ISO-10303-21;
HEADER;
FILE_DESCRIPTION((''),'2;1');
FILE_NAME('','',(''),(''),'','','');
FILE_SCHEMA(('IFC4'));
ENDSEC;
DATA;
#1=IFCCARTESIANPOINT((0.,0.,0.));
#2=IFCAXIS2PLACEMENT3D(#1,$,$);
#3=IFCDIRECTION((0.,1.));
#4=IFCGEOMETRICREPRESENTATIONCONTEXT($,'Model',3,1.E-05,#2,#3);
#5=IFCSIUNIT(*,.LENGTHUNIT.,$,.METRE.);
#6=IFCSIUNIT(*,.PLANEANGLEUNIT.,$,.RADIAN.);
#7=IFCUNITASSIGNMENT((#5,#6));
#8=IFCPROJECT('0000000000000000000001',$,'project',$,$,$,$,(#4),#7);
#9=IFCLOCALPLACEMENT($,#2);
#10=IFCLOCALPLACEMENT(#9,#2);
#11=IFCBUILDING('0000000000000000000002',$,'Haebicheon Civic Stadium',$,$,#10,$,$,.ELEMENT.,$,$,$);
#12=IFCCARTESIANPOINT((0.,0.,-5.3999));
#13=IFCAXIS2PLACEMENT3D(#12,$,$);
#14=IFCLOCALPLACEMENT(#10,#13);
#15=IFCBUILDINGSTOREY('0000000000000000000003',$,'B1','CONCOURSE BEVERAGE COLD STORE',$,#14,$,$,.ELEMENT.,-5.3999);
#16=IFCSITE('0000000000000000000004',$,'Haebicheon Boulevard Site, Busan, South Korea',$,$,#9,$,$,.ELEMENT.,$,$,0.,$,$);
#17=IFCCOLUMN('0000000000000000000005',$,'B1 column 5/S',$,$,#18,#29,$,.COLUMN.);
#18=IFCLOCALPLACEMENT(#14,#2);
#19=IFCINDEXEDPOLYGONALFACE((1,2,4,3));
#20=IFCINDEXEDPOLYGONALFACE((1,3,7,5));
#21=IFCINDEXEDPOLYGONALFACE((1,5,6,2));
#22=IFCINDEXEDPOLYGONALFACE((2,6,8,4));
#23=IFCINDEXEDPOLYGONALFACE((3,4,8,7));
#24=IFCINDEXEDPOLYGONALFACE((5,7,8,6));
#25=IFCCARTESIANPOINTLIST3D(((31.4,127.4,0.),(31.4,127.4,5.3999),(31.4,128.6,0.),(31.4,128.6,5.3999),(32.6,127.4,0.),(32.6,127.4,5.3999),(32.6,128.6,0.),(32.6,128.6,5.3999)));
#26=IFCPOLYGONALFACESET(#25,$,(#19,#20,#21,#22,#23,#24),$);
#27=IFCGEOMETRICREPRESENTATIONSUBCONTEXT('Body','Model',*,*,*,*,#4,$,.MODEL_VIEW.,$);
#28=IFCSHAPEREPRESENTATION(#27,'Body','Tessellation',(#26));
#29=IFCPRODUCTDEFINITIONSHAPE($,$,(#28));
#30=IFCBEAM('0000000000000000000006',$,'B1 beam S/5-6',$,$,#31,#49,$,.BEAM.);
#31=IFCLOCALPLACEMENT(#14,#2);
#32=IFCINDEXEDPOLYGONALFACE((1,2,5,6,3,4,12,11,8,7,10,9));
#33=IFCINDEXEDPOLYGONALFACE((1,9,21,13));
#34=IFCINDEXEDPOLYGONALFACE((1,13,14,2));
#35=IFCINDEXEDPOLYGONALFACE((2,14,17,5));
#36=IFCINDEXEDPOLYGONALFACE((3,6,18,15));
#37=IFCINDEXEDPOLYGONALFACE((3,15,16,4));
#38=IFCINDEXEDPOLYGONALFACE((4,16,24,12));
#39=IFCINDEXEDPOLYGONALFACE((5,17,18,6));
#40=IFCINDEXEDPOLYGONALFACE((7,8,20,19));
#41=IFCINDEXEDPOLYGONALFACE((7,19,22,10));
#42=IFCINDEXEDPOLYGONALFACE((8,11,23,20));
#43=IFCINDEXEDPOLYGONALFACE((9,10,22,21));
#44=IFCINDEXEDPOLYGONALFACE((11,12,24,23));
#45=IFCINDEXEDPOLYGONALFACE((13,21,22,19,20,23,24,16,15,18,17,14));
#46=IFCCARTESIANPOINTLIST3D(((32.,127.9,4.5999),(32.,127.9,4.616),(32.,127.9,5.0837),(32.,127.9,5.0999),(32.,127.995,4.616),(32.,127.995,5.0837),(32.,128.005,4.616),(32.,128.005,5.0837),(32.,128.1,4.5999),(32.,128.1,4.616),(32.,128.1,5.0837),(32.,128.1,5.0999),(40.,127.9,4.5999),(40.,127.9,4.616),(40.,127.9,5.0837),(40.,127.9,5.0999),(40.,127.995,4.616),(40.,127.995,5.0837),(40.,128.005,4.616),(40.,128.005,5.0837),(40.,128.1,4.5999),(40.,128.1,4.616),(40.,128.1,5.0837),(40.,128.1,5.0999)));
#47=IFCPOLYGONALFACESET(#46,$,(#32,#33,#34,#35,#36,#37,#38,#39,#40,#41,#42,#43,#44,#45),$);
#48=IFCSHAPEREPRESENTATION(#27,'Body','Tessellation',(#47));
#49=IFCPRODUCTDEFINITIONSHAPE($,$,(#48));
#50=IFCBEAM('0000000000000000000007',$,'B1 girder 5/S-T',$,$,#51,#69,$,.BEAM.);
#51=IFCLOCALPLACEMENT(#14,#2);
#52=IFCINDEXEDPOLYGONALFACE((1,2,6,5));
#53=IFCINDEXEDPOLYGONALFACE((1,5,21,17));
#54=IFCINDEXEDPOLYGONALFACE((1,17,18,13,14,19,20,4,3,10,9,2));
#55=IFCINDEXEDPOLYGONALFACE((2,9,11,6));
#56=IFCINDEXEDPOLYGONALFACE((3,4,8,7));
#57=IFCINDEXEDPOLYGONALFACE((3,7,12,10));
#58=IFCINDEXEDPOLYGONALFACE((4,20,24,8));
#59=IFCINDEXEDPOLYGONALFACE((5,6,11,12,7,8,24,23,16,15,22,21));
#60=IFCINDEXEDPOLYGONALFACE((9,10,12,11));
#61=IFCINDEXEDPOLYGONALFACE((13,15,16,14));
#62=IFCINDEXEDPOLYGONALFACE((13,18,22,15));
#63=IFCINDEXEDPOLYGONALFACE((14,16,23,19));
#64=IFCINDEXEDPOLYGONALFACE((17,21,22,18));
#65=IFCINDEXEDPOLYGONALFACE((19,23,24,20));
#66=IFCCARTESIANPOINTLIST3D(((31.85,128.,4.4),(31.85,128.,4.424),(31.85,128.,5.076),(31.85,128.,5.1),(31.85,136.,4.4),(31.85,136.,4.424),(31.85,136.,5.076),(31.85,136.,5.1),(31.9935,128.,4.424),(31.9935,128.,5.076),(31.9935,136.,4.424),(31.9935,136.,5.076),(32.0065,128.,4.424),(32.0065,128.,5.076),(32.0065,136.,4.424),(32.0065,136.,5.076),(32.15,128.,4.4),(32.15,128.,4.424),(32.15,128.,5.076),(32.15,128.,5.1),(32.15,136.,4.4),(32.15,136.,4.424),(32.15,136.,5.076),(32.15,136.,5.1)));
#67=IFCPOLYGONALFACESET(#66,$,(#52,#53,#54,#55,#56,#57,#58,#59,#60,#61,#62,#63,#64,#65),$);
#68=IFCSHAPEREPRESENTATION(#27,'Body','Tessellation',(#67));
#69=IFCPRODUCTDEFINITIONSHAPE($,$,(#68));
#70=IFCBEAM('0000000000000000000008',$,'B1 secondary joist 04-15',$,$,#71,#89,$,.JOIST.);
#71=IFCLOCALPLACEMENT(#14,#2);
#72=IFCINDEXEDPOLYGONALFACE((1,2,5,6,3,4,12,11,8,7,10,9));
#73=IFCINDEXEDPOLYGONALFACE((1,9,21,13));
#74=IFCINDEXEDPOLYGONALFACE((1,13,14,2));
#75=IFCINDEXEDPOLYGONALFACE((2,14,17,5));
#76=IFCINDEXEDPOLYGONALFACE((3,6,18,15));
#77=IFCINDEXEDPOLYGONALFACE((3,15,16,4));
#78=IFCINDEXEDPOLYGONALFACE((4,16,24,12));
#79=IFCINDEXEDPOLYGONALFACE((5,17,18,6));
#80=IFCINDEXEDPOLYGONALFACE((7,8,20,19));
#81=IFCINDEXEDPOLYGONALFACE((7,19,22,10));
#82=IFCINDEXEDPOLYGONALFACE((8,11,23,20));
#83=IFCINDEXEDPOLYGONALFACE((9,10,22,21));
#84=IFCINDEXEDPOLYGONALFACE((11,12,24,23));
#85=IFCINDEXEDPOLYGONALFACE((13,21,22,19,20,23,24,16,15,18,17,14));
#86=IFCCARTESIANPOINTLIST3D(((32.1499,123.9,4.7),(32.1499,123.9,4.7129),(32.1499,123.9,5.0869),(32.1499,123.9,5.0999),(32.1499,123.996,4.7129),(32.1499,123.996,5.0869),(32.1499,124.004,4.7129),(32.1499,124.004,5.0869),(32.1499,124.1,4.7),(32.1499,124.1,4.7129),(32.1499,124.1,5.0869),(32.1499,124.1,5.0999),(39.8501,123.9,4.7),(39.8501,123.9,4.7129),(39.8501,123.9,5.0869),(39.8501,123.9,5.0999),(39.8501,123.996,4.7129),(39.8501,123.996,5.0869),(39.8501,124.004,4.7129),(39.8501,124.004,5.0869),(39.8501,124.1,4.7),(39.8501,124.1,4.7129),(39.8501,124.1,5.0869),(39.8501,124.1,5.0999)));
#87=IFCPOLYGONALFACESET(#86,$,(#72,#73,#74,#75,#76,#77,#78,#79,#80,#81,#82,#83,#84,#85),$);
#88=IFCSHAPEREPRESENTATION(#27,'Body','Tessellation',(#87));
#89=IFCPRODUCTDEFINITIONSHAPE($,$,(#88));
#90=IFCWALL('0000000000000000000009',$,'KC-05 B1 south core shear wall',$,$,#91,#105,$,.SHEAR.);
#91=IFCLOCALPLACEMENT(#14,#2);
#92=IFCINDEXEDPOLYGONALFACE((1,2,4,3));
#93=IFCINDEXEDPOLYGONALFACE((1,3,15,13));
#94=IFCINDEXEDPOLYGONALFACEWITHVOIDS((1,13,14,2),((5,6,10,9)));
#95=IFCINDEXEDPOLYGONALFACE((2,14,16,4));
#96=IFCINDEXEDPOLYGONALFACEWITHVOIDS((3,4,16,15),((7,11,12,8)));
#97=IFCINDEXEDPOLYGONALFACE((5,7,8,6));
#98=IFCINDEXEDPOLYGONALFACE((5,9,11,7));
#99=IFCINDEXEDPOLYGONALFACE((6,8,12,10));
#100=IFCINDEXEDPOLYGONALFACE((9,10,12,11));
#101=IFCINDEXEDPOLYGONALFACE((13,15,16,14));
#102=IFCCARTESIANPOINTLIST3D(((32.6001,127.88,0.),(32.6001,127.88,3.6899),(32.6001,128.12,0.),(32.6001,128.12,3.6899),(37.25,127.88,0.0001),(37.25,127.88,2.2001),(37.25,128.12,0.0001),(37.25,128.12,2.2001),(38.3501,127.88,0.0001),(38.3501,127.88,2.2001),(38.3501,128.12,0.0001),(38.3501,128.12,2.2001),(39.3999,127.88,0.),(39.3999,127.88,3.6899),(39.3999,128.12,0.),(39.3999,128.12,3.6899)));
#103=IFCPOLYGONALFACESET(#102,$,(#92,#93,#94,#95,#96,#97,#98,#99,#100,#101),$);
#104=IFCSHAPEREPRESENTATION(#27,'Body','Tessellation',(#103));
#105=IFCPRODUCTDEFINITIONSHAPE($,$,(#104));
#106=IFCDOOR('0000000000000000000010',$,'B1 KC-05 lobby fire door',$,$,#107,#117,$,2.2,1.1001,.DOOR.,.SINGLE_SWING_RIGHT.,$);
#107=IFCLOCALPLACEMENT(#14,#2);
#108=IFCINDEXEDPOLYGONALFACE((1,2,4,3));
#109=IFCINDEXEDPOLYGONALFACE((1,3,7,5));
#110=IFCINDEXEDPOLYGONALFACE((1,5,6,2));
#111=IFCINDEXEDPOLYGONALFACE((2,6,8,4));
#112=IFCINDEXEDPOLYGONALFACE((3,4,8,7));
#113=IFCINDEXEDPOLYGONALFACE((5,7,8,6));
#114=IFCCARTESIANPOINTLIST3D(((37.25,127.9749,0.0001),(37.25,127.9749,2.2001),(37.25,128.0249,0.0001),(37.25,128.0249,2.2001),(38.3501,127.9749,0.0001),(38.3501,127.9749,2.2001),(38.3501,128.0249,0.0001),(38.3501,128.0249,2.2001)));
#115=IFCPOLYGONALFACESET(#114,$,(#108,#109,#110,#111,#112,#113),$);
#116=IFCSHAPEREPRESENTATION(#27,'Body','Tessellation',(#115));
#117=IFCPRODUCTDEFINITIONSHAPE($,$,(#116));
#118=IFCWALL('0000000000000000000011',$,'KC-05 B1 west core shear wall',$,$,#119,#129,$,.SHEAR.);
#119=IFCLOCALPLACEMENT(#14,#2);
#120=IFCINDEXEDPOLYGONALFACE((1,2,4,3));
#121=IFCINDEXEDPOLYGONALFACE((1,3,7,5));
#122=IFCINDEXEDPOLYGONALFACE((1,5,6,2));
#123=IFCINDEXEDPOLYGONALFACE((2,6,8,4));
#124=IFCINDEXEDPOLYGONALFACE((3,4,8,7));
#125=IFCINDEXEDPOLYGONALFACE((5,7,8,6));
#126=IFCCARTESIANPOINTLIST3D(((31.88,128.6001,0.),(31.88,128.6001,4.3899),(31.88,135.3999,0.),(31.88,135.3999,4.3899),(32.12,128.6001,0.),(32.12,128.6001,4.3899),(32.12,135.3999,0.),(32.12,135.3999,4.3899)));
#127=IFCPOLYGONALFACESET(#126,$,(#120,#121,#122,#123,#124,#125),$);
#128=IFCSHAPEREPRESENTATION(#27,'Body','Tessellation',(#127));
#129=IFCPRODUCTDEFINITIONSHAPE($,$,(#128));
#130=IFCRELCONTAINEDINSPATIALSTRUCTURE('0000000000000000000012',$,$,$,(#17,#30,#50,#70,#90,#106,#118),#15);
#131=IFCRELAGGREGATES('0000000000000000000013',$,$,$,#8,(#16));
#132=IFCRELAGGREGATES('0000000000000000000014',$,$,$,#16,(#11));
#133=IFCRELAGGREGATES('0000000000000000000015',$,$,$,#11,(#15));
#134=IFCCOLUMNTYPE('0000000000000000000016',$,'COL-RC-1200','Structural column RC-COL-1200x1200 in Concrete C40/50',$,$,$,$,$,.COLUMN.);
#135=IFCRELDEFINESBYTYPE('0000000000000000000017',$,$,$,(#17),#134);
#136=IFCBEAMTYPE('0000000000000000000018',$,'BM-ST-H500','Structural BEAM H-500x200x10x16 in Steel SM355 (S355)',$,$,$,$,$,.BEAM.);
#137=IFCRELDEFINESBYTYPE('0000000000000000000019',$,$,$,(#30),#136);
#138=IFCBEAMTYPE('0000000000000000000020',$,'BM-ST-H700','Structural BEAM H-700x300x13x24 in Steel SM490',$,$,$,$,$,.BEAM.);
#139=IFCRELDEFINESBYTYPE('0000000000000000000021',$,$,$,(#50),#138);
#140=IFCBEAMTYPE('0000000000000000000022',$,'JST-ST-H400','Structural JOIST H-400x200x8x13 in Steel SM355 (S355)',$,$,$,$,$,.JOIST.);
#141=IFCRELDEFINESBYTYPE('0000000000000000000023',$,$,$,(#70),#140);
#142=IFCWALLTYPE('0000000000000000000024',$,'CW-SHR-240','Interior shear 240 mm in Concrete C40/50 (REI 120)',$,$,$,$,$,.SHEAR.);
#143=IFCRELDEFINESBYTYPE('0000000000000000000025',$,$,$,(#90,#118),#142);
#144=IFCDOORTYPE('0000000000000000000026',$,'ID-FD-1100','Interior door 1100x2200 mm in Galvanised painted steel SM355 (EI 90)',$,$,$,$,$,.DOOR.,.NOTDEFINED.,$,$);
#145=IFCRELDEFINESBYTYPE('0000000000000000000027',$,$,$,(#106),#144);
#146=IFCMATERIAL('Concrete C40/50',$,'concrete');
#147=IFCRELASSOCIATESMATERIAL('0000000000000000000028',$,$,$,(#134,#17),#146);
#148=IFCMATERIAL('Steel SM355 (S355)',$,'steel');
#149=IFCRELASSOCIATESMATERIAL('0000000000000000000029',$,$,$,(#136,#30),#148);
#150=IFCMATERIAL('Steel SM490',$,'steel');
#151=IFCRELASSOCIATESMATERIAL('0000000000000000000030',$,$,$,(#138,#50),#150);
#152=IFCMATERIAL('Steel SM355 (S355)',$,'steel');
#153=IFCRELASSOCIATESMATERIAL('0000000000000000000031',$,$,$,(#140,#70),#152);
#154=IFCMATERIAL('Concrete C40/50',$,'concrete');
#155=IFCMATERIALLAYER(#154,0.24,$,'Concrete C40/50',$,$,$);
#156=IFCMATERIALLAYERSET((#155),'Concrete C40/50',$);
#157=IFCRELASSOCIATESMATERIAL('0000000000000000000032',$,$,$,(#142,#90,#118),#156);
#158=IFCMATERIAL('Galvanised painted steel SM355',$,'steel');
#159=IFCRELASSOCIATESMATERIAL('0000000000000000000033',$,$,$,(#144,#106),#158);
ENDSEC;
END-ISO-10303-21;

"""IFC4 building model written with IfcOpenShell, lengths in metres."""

from ifc_helpers import new_model, si_unit, direction, frame, frame_2d, origin, origin_2d, place, context, subcontext, project, spatial, rectangle, i_section, extrude, material, layer, layer_set, material_profile, profile_set, type_object, element, fill, save


model = new_model("IFC4")

# Units and contexts
model_context = context("Model", 3, precision=1e-05, world=origin(), true_north=direction((0.0, 1.0)))
body_context = subcontext(model_context, "Body", "Model", "MODEL_VIEW")
ifc_project = project(units=[si_unit("LENGTHUNIT", "METRE"), si_unit("PLANEANGLEUNIT", "RADIAN")], contexts=[model_context])

# Site, building, storey
site_placement = place(None, origin())
site = spatial("IfcSite", under=ifc_project, at=site_placement, Name="Haebicheon Boulevard Site, Busan, South Korea", CompositionType="ELEMENT", RefElevation=0.0)
building_placement = place(site_placement, origin())
building = spatial("IfcBuilding", under=site, at=building_placement, Name="Haebicheon Civic Stadium", CompositionType="ELEMENT")
storey_placement = place(building_placement, frame((0.0, 0.0, -5.3999)))
storey = spatial("IfcBuildingStorey", under=building, at=storey_placement, Name="B1", Description="CONCOURSE BEVERAGE COLD STORE", CompositionType="ELEMENT", Elevation=-5.3999)

# Column
ifc_material_1 = material(Name="Concrete C40/50", Category="concrete")
ifc_material_profile_1 = material_profile(ifc_material_1, rectangle(XDim=1.2, YDim=1.2, at=origin_2d()), Name="RC-COL-1200x1200")
ifc_profile_set_1 = profile_set([ifc_material_profile_1], Name="Concrete C40/50")
column_type = type_object("IfcColumnType", Name="COL-RC-1200", Description="Structural column RC-COL-1200x1200 in Concrete C40/50", PredefinedType="COLUMN", material=ifc_profile_set_1)
column_placement = place(storey_placement, frame((32.0, 128.0, 0.0), z_axis=(0.0, 0.0, 1.0), x_axis=(1.0, 0.0, 0.0)))
element("IfcColumn", 1, at=column_placement, inside=storey, type_object=column_type, material=ifc_profile_set_1, Name="B1 column 5/S", PredefinedType="COLUMN", context=body_context, shape_type="SweptSolid", body=[
    extrude(rectangle(XDim=1.2, YDim=1.2, at=origin_2d()), origin(), (0.0, 0.0, 1.0), 5.3999),
])

# Beams
ifc_material_2 = material(Name="Steel SM355 (S355)", Category="steel")
ifc_material_profile_2 = material_profile(ifc_material_2, i_section(OverallWidth=0.2, OverallDepth=0.5, WebThickness=0.01, FlangeThickness=0.0161, at=origin_2d()), Name="H-500x200x10x16")
ifc_profile_set_2 = profile_set([ifc_material_profile_2], Name="Steel SM355 (S355)")
beam_type_1 = type_object("IfcBeamType", Name="BM-ST-H500", Description="Structural BEAM H-500x200x10x16 in Steel SM355 (S355)", PredefinedType="BEAM", material=ifc_profile_set_2)
beam_1_placement = place(storey_placement, frame((32.0, 128.0, 4.8499), z_axis=(1.0, 0.0, 0.0), x_axis=(0.0, 1.0, 0.0)))
element("IfcBeam", 2, at=beam_1_placement, inside=storey, type_object=beam_type_1, material=ifc_profile_set_2, Name="B1 beam S/5-6", PredefinedType="BEAM", context=body_context, shape_type="SweptSolid", body=[
    extrude(i_section(OverallWidth=0.2, OverallDepth=0.5, WebThickness=0.01, FlangeThickness=0.0161, at=origin_2d()), origin(), (0.0, 0.0, 1.0), 8.0),
])
ifc_material_3 = material(Name="Steel SM490", Category="steel")
ifc_material_profile_3 = material_profile(ifc_material_3, i_section(OverallWidth=0.3, OverallDepth=0.7, WebThickness=0.0129, FlangeThickness=0.0239, at=origin_2d()), Name="H-700x300x13x24")
ifc_profile_set_3 = profile_set([ifc_material_profile_3], Name="Steel SM490")
beam_type_2 = type_object("IfcBeamType", Name="BM-ST-H700", Description="Structural BEAM H-700x300x13x24 in Steel SM490", PredefinedType="BEAM", material=ifc_profile_set_3)
beam_2_placement = place(storey_placement, frame((32.0, 128.0, 4.75), z_axis=(0.0, 1.0, 0.0), x_axis=(-1.0, 0.0, 0.0)))
element("IfcBeam", 3, at=beam_2_placement, inside=storey, type_object=beam_type_2, material=ifc_profile_set_3, Name="B1 girder 5/S-T", PredefinedType="BEAM", context=body_context, shape_type="SweptSolid", body=[
    extrude(i_section(OverallWidth=0.3, OverallDepth=0.7, WebThickness=0.0129, FlangeThickness=0.0239, at=origin_2d()), origin(), (0.0, 0.0, 1.0), 8.0),
])
ifc_material_4 = material(Name="Steel SM355 (S355)", Category="steel")
ifc_material_profile_4 = material_profile(ifc_material_4, i_section(OverallWidth=0.2, OverallDepth=0.3999, WebThickness=0.0081, FlangeThickness=0.0129, at=origin_2d()), Name="H-400x200x8x13")
ifc_profile_set_4 = profile_set([ifc_material_profile_4], Name="Steel SM355 (S355)")
beam_type_3 = type_object("IfcBeamType", Name="JST-ST-H400", Description="Structural JOIST H-400x200x8x13 in Steel SM355 (S355)", PredefinedType="JOIST", material=ifc_profile_set_4)
beam_3_placement = place(storey_placement, frame((32.1499, 124.0, 4.8999), z_axis=(1.0, 0.0, 0.0), x_axis=(0.0, 1.0, 0.0)))
element("IfcBeam", 4, at=beam_3_placement, inside=storey, type_object=beam_type_3, material=ifc_profile_set_4, Name="B1 secondary joist 04-15", PredefinedType="JOIST", context=body_context, shape_type="SweptSolid", body=[
    extrude(i_section(OverallWidth=0.2, OverallDepth=0.3999, WebThickness=0.0081, FlangeThickness=0.0129, at=origin_2d()), origin(), (0.0, 0.0, 1.0), 7.7002),
])

# Wall, opening, door
ifc_material_5 = material(Name="Concrete C40/50", Category="concrete")
ifc_layer_1 = layer(ifc_material_5, 0.24, Name="Concrete C40/50")
ifc_layer_set_1 = layer_set([ifc_layer_1], Name="Concrete C40/50")
wall_type = type_object("IfcWallType", Name="CW-SHR-240", Description="Interior shear 240 mm in Concrete C40/50 (REI 120)", PredefinedType="SHEAR", material=ifc_layer_set_1)
wall_1_placement = place(storey_placement, frame((32.6001, 128.0, 0.0), z_axis=(0.0, 0.0, 1.0), x_axis=(1.0, 0.0, 0.0)))
wall_1 = element("IfcWall", 5, at=wall_1_placement, inside=storey, type_object=wall_type, material=ifc_layer_set_1, Name="KC-05 B1 south core shear wall", PredefinedType="SHEAR", context=body_context, shape_type="SweptSolid", body=[
    extrude(rectangle(XDim=6.7998, YDim=0.24, at=frame_2d((3.3999, 0.0))), origin(), (0.0, 0.0, 1.0), 3.6899),
])
opening_placement = place(wall_1_placement, frame((4.6499, 0.0, 0.0)))
opening = element("IfcOpeningElement", 6, at=opening_placement, cuts=wall_1, PredefinedType="OPENING", context=body_context, shape_type="SweptSolid", body=[
    extrude(rectangle(XDim=1.1001, YDim=2.2, at=frame_2d((0.55, 1.1001))), frame((0.0, 0.1299, 0.0), z_axis=(0.0, -1.0, 0.0), x_axis=(1.0, 0.0, 0.0)), (0.0, 0.0, 1.0), 0.26),
])
ifc_material_6 = material(Name="Galvanised painted steel SM355", Category="steel")
door_type = type_object("IfcDoorType", Name="ID-FD-1100", Description="Interior door 1100x2200 mm in Galvanised painted steel SM355 (EI 90)", OperationType="NOTDEFINED", PredefinedType="DOOR", material=ifc_material_6)
door_placement = place(opening_placement, origin())
door = element("IfcDoor", 7, at=door_placement, inside=storey, type_object=door_type, material=ifc_material_6, Name="B1 KC-05 lobby fire door", OperationType="SINGLE_SWING_RIGHT", OverallHeight=2.2, OverallWidth=1.1001, PredefinedType="DOOR", context=body_context, shape_type="SweptSolid", body=[
    extrude(rectangle(XDim=1.1001, YDim=2.2, at=frame_2d((0.55, 1.1001))), frame((0.0, 0.0249, 0.0), z_axis=(0.0, -1.0, 0.0), x_axis=(1.0, 0.0, 0.0)), (0.0, 0.0, 1.0), 0.05),
])
fill(opening, door)

# Wall
wall_2_placement = place(storey_placement, frame((32.0, 128.6001, 0.0), z_axis=(0.0, 0.0, 1.0), x_axis=(0.0, 1.0, 0.0)))
element("IfcWall", 8, at=wall_2_placement, inside=storey, type_object=wall_type, material=ifc_layer_set_1, Name="KC-05 B1 west core shear wall", PredefinedType="SHEAR", context=body_context, shape_type="SweptSolid", body=[
    extrude(rectangle(XDim=6.7998, YDim=0.24, at=frame_2d((3.3999, 0.0))), origin(), (0.0, 0.0, 1.0), 4.3899),
])

save(model, "model.ifc")
